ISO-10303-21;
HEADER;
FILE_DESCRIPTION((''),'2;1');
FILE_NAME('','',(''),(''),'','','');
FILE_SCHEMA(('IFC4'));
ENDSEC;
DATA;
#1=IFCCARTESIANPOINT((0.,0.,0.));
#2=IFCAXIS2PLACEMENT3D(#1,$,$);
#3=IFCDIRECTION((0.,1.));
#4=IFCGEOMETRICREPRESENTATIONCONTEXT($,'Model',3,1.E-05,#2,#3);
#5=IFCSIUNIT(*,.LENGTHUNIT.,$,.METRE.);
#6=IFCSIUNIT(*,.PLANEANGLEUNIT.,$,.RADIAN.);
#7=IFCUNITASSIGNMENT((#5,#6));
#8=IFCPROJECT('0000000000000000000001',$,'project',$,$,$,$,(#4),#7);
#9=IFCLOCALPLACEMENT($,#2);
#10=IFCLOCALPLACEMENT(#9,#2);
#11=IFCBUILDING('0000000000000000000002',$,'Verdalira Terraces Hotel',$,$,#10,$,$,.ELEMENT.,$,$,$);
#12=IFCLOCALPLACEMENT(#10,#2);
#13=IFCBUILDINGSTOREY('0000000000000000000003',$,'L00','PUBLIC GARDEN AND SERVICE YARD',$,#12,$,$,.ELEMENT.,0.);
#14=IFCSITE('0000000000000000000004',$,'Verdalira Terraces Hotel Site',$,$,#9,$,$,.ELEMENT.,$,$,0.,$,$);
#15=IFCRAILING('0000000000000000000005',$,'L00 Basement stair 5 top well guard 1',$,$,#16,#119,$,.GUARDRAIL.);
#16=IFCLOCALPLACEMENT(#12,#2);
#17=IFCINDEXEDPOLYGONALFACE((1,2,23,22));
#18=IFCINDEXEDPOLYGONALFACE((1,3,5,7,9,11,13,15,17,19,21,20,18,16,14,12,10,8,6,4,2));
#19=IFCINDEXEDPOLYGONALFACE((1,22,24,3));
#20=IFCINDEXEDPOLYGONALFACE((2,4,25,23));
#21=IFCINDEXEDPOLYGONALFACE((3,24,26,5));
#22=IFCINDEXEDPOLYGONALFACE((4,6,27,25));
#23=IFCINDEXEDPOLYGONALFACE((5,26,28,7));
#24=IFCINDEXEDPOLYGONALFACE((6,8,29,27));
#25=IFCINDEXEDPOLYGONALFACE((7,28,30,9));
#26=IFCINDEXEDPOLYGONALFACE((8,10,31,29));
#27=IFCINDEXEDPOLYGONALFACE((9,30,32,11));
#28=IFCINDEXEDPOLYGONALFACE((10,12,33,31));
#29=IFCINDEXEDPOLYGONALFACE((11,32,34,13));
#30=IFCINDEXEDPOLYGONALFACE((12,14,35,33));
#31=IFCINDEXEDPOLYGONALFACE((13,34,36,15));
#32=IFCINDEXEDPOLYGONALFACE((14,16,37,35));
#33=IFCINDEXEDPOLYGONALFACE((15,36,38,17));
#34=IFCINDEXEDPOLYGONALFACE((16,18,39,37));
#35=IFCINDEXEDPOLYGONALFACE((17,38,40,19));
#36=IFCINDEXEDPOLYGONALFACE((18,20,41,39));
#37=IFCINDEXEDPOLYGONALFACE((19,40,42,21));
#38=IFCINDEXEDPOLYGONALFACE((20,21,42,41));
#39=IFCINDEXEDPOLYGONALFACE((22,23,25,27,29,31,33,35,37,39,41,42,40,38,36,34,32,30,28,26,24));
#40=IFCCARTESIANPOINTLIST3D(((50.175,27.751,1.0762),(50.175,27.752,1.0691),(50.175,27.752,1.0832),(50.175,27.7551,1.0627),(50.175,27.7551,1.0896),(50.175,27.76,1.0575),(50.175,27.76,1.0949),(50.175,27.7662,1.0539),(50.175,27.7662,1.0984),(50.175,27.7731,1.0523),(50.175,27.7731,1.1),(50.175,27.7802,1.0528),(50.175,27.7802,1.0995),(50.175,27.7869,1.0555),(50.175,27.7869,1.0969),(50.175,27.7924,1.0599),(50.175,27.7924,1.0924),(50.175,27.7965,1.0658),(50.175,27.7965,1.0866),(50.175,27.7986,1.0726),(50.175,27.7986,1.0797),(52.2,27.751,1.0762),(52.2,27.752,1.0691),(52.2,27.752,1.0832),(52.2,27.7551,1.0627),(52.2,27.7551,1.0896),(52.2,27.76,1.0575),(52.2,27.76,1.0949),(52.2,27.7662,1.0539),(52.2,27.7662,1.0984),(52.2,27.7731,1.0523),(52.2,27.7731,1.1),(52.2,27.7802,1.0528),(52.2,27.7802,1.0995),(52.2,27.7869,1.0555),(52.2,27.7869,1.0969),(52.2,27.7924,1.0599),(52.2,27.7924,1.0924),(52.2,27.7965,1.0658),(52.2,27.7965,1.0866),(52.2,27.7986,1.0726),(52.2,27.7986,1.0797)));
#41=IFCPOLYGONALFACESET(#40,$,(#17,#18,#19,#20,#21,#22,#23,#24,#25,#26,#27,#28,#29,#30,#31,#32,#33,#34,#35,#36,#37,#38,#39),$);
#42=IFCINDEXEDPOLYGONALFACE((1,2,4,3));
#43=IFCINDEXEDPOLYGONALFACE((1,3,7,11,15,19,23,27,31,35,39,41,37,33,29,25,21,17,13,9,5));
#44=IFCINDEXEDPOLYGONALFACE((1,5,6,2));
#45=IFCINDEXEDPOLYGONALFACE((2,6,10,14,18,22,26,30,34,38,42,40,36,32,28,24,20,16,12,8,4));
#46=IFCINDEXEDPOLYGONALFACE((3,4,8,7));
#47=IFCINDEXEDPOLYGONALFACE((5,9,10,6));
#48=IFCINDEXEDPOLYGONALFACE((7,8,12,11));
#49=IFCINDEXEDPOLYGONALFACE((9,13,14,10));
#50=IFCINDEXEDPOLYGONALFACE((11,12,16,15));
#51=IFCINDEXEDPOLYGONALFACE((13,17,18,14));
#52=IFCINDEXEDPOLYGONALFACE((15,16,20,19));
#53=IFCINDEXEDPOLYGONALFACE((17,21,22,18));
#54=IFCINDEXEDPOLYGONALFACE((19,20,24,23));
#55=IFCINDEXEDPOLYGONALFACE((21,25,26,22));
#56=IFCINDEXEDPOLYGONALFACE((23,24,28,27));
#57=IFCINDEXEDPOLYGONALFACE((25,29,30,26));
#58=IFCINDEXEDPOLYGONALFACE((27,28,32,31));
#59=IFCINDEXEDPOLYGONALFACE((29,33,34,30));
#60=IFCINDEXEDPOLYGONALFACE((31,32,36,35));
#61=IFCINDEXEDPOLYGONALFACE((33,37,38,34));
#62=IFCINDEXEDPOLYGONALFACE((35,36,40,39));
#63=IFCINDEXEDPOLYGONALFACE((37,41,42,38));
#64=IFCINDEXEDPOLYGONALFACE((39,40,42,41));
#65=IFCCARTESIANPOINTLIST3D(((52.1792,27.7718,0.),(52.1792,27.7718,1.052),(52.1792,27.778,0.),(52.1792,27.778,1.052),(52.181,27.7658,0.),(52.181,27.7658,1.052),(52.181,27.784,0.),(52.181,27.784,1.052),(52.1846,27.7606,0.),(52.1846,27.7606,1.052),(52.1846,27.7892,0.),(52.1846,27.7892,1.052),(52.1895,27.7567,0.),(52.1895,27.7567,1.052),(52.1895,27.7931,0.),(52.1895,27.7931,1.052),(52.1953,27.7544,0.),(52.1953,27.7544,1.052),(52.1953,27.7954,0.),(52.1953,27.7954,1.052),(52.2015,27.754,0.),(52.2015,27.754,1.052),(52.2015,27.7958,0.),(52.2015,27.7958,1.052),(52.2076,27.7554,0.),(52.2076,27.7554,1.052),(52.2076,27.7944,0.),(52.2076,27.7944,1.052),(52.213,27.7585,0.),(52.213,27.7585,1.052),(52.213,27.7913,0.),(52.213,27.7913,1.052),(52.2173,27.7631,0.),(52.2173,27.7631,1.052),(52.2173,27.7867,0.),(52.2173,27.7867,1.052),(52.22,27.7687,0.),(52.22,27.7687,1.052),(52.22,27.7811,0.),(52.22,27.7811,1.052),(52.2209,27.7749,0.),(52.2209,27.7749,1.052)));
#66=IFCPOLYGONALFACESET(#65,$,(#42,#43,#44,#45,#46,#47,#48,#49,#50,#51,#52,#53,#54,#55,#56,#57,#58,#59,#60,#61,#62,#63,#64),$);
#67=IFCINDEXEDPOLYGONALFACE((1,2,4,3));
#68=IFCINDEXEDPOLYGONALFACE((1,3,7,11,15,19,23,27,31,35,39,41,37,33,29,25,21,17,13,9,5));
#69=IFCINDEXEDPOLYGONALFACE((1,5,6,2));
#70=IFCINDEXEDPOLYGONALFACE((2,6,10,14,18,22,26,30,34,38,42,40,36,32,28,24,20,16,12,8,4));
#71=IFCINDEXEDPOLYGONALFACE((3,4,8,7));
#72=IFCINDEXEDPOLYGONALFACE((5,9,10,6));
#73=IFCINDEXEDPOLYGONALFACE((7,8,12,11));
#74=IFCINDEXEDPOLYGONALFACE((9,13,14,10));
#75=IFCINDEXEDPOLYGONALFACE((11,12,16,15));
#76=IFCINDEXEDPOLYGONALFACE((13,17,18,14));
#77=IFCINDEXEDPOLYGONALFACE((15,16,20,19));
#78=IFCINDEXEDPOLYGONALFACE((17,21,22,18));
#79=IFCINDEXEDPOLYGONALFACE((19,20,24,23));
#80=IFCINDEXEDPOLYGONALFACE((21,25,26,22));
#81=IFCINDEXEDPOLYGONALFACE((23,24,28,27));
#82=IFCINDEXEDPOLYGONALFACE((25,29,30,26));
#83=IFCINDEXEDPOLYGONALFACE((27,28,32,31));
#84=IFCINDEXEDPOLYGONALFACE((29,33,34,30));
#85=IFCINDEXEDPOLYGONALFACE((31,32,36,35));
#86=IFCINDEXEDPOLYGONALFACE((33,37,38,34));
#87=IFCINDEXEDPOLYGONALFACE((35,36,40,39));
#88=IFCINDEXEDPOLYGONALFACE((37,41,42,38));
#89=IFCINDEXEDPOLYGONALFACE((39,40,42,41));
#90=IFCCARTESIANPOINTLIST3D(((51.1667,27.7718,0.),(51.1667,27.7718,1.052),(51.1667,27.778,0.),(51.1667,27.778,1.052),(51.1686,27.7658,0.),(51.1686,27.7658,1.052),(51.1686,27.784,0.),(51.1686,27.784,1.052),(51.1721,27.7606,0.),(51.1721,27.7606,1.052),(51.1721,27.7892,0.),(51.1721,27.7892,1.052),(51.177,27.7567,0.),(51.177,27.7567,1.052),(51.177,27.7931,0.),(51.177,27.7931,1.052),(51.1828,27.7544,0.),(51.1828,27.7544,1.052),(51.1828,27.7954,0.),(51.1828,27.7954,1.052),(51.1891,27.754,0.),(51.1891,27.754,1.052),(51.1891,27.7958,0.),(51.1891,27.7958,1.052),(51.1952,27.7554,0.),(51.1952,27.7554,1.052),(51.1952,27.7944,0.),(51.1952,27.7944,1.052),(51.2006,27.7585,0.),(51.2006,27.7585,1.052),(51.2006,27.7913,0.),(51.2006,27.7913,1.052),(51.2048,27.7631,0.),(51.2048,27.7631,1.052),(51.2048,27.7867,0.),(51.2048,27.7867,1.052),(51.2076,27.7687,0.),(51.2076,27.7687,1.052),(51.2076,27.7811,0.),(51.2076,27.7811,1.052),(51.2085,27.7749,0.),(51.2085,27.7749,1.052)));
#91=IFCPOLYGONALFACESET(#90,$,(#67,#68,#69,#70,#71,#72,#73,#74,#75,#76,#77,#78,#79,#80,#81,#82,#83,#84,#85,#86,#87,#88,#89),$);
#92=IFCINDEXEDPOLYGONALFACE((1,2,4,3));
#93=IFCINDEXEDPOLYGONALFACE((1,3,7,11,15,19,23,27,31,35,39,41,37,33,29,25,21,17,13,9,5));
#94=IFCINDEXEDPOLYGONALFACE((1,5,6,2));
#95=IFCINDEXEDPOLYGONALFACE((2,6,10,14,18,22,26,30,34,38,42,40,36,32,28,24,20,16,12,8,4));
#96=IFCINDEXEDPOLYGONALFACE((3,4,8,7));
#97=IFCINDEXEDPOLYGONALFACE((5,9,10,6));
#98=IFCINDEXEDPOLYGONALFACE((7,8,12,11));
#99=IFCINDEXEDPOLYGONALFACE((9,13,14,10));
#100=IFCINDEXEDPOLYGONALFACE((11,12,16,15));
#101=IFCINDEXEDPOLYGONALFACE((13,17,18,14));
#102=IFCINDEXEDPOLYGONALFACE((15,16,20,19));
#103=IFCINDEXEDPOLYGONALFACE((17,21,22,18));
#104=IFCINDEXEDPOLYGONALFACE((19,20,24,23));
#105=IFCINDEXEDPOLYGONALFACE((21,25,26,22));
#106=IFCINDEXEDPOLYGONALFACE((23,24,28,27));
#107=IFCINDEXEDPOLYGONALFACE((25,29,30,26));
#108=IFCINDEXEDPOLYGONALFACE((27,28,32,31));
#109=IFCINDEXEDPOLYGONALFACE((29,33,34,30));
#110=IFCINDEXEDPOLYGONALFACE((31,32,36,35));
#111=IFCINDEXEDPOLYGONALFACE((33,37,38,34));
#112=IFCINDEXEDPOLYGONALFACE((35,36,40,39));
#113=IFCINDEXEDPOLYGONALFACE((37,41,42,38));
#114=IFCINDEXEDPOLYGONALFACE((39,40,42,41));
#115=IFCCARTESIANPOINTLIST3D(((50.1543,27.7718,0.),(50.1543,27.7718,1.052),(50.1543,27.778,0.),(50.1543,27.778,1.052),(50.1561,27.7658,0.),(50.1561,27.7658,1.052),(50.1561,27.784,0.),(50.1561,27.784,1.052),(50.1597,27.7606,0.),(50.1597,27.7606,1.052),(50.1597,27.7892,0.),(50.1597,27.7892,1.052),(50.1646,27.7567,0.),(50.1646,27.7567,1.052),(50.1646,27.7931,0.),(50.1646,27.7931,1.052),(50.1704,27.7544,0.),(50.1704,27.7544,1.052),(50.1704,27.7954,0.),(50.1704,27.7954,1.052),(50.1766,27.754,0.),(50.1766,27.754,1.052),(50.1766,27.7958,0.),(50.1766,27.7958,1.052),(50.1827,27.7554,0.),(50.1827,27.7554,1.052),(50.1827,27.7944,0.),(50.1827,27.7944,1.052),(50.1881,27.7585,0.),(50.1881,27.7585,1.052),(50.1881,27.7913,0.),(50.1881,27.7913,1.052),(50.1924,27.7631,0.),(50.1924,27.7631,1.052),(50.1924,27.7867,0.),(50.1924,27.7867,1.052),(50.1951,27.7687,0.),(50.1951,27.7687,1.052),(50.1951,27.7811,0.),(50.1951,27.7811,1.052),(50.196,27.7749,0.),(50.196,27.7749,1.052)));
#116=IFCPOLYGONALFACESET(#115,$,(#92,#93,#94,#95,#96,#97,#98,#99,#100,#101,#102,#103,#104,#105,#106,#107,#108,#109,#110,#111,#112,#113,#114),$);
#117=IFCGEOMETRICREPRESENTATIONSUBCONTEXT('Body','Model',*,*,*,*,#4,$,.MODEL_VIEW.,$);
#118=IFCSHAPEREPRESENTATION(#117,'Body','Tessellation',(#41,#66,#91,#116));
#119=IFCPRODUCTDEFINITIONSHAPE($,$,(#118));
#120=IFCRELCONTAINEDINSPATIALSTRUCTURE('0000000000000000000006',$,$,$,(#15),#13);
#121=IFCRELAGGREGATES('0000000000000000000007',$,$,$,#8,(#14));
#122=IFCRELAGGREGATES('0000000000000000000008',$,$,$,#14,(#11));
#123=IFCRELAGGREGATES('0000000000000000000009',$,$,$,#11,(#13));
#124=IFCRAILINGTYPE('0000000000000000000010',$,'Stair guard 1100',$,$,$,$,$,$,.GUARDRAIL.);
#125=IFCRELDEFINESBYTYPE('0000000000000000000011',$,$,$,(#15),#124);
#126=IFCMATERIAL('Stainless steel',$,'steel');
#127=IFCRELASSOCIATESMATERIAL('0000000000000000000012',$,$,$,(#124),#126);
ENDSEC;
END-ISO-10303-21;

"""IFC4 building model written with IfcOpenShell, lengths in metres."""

from ifc_helpers import new_model, si_unit, direction, frame, origin, origin_2d, place, context, subcontext, project, spatial, circle, extrude, material, type_object, element, save


model = new_model("IFC4")

# Units and contexts
model_context = context("Model", 3, precision=1e-05, world=origin(), true_north=direction((0.0, 1.0)))
body_context = subcontext(model_context, "Body", "Model", "MODEL_VIEW")
ifc_project = project(units=[si_unit("LENGTHUNIT", "METRE"), si_unit("PLANEANGLEUNIT", "RADIAN")], contexts=[model_context])

# Site, building, storey
site_placement = place(None, origin())
site = spatial("IfcSite", under=ifc_project, at=site_placement, Name="Verdalira Terraces Hotel Site", CompositionType="ELEMENT", RefElevation=0.0)
building_placement = place(site_placement, origin())
building = spatial("IfcBuilding", under=site, at=building_placement, Name="Verdalira Terraces Hotel", CompositionType="ELEMENT")
storey_placement = place(building_placement, origin())
storey = spatial("IfcBuildingStorey", under=building, at=storey_placement, Name="L00", Description="PUBLIC GARDEN AND SERVICE YARD", CompositionType="ELEMENT", Elevation=0.0)

# Railing
ifc_material_1 = material(Name="Stainless steel", Category="steel")
railing_type = type_object("IfcRailingType", Name="Stair guard 1100", PredefinedType="GUARDRAIL", material=ifc_material_1)
railing_1_placement = place(storey_placement, frame((52.2, 27.7749, 0.0)))
element("IfcRailing", 1, at=railing_1_placement, inside=storey, type_object=railing_type, Name="L00 Basement stair 5 top well guard 1", PredefinedType="GUARDRAIL", context=body_context, shape_type="SweptSolid", body=[
    extrude(circle(Radius=0.0239, at=origin_2d()), frame((0.0, 0.0, 1.0762), z_axis=(-1.0, 0.0, 0.0), x_axis=(0.0, -1.0, 0.0)), (0.0, 0.0, 1.0), 2.0249),
    extrude(circle(Radius=0.021, at=origin_2d()), origin(), (0.0, 0.0, 1.0), 1.052),
    extrude(circle(Radius=0.021, at=origin_2d()), frame((-1.0125, 0.0, 0.0)), (0.0, 0.0, 1.0), 1.052),
    extrude(circle(Radius=0.021, at=origin_2d()), frame((-2.0249, 0.0, 0.0)), (0.0, 0.0, 1.0), 1.052),
])

save(model, "model.ifc")
